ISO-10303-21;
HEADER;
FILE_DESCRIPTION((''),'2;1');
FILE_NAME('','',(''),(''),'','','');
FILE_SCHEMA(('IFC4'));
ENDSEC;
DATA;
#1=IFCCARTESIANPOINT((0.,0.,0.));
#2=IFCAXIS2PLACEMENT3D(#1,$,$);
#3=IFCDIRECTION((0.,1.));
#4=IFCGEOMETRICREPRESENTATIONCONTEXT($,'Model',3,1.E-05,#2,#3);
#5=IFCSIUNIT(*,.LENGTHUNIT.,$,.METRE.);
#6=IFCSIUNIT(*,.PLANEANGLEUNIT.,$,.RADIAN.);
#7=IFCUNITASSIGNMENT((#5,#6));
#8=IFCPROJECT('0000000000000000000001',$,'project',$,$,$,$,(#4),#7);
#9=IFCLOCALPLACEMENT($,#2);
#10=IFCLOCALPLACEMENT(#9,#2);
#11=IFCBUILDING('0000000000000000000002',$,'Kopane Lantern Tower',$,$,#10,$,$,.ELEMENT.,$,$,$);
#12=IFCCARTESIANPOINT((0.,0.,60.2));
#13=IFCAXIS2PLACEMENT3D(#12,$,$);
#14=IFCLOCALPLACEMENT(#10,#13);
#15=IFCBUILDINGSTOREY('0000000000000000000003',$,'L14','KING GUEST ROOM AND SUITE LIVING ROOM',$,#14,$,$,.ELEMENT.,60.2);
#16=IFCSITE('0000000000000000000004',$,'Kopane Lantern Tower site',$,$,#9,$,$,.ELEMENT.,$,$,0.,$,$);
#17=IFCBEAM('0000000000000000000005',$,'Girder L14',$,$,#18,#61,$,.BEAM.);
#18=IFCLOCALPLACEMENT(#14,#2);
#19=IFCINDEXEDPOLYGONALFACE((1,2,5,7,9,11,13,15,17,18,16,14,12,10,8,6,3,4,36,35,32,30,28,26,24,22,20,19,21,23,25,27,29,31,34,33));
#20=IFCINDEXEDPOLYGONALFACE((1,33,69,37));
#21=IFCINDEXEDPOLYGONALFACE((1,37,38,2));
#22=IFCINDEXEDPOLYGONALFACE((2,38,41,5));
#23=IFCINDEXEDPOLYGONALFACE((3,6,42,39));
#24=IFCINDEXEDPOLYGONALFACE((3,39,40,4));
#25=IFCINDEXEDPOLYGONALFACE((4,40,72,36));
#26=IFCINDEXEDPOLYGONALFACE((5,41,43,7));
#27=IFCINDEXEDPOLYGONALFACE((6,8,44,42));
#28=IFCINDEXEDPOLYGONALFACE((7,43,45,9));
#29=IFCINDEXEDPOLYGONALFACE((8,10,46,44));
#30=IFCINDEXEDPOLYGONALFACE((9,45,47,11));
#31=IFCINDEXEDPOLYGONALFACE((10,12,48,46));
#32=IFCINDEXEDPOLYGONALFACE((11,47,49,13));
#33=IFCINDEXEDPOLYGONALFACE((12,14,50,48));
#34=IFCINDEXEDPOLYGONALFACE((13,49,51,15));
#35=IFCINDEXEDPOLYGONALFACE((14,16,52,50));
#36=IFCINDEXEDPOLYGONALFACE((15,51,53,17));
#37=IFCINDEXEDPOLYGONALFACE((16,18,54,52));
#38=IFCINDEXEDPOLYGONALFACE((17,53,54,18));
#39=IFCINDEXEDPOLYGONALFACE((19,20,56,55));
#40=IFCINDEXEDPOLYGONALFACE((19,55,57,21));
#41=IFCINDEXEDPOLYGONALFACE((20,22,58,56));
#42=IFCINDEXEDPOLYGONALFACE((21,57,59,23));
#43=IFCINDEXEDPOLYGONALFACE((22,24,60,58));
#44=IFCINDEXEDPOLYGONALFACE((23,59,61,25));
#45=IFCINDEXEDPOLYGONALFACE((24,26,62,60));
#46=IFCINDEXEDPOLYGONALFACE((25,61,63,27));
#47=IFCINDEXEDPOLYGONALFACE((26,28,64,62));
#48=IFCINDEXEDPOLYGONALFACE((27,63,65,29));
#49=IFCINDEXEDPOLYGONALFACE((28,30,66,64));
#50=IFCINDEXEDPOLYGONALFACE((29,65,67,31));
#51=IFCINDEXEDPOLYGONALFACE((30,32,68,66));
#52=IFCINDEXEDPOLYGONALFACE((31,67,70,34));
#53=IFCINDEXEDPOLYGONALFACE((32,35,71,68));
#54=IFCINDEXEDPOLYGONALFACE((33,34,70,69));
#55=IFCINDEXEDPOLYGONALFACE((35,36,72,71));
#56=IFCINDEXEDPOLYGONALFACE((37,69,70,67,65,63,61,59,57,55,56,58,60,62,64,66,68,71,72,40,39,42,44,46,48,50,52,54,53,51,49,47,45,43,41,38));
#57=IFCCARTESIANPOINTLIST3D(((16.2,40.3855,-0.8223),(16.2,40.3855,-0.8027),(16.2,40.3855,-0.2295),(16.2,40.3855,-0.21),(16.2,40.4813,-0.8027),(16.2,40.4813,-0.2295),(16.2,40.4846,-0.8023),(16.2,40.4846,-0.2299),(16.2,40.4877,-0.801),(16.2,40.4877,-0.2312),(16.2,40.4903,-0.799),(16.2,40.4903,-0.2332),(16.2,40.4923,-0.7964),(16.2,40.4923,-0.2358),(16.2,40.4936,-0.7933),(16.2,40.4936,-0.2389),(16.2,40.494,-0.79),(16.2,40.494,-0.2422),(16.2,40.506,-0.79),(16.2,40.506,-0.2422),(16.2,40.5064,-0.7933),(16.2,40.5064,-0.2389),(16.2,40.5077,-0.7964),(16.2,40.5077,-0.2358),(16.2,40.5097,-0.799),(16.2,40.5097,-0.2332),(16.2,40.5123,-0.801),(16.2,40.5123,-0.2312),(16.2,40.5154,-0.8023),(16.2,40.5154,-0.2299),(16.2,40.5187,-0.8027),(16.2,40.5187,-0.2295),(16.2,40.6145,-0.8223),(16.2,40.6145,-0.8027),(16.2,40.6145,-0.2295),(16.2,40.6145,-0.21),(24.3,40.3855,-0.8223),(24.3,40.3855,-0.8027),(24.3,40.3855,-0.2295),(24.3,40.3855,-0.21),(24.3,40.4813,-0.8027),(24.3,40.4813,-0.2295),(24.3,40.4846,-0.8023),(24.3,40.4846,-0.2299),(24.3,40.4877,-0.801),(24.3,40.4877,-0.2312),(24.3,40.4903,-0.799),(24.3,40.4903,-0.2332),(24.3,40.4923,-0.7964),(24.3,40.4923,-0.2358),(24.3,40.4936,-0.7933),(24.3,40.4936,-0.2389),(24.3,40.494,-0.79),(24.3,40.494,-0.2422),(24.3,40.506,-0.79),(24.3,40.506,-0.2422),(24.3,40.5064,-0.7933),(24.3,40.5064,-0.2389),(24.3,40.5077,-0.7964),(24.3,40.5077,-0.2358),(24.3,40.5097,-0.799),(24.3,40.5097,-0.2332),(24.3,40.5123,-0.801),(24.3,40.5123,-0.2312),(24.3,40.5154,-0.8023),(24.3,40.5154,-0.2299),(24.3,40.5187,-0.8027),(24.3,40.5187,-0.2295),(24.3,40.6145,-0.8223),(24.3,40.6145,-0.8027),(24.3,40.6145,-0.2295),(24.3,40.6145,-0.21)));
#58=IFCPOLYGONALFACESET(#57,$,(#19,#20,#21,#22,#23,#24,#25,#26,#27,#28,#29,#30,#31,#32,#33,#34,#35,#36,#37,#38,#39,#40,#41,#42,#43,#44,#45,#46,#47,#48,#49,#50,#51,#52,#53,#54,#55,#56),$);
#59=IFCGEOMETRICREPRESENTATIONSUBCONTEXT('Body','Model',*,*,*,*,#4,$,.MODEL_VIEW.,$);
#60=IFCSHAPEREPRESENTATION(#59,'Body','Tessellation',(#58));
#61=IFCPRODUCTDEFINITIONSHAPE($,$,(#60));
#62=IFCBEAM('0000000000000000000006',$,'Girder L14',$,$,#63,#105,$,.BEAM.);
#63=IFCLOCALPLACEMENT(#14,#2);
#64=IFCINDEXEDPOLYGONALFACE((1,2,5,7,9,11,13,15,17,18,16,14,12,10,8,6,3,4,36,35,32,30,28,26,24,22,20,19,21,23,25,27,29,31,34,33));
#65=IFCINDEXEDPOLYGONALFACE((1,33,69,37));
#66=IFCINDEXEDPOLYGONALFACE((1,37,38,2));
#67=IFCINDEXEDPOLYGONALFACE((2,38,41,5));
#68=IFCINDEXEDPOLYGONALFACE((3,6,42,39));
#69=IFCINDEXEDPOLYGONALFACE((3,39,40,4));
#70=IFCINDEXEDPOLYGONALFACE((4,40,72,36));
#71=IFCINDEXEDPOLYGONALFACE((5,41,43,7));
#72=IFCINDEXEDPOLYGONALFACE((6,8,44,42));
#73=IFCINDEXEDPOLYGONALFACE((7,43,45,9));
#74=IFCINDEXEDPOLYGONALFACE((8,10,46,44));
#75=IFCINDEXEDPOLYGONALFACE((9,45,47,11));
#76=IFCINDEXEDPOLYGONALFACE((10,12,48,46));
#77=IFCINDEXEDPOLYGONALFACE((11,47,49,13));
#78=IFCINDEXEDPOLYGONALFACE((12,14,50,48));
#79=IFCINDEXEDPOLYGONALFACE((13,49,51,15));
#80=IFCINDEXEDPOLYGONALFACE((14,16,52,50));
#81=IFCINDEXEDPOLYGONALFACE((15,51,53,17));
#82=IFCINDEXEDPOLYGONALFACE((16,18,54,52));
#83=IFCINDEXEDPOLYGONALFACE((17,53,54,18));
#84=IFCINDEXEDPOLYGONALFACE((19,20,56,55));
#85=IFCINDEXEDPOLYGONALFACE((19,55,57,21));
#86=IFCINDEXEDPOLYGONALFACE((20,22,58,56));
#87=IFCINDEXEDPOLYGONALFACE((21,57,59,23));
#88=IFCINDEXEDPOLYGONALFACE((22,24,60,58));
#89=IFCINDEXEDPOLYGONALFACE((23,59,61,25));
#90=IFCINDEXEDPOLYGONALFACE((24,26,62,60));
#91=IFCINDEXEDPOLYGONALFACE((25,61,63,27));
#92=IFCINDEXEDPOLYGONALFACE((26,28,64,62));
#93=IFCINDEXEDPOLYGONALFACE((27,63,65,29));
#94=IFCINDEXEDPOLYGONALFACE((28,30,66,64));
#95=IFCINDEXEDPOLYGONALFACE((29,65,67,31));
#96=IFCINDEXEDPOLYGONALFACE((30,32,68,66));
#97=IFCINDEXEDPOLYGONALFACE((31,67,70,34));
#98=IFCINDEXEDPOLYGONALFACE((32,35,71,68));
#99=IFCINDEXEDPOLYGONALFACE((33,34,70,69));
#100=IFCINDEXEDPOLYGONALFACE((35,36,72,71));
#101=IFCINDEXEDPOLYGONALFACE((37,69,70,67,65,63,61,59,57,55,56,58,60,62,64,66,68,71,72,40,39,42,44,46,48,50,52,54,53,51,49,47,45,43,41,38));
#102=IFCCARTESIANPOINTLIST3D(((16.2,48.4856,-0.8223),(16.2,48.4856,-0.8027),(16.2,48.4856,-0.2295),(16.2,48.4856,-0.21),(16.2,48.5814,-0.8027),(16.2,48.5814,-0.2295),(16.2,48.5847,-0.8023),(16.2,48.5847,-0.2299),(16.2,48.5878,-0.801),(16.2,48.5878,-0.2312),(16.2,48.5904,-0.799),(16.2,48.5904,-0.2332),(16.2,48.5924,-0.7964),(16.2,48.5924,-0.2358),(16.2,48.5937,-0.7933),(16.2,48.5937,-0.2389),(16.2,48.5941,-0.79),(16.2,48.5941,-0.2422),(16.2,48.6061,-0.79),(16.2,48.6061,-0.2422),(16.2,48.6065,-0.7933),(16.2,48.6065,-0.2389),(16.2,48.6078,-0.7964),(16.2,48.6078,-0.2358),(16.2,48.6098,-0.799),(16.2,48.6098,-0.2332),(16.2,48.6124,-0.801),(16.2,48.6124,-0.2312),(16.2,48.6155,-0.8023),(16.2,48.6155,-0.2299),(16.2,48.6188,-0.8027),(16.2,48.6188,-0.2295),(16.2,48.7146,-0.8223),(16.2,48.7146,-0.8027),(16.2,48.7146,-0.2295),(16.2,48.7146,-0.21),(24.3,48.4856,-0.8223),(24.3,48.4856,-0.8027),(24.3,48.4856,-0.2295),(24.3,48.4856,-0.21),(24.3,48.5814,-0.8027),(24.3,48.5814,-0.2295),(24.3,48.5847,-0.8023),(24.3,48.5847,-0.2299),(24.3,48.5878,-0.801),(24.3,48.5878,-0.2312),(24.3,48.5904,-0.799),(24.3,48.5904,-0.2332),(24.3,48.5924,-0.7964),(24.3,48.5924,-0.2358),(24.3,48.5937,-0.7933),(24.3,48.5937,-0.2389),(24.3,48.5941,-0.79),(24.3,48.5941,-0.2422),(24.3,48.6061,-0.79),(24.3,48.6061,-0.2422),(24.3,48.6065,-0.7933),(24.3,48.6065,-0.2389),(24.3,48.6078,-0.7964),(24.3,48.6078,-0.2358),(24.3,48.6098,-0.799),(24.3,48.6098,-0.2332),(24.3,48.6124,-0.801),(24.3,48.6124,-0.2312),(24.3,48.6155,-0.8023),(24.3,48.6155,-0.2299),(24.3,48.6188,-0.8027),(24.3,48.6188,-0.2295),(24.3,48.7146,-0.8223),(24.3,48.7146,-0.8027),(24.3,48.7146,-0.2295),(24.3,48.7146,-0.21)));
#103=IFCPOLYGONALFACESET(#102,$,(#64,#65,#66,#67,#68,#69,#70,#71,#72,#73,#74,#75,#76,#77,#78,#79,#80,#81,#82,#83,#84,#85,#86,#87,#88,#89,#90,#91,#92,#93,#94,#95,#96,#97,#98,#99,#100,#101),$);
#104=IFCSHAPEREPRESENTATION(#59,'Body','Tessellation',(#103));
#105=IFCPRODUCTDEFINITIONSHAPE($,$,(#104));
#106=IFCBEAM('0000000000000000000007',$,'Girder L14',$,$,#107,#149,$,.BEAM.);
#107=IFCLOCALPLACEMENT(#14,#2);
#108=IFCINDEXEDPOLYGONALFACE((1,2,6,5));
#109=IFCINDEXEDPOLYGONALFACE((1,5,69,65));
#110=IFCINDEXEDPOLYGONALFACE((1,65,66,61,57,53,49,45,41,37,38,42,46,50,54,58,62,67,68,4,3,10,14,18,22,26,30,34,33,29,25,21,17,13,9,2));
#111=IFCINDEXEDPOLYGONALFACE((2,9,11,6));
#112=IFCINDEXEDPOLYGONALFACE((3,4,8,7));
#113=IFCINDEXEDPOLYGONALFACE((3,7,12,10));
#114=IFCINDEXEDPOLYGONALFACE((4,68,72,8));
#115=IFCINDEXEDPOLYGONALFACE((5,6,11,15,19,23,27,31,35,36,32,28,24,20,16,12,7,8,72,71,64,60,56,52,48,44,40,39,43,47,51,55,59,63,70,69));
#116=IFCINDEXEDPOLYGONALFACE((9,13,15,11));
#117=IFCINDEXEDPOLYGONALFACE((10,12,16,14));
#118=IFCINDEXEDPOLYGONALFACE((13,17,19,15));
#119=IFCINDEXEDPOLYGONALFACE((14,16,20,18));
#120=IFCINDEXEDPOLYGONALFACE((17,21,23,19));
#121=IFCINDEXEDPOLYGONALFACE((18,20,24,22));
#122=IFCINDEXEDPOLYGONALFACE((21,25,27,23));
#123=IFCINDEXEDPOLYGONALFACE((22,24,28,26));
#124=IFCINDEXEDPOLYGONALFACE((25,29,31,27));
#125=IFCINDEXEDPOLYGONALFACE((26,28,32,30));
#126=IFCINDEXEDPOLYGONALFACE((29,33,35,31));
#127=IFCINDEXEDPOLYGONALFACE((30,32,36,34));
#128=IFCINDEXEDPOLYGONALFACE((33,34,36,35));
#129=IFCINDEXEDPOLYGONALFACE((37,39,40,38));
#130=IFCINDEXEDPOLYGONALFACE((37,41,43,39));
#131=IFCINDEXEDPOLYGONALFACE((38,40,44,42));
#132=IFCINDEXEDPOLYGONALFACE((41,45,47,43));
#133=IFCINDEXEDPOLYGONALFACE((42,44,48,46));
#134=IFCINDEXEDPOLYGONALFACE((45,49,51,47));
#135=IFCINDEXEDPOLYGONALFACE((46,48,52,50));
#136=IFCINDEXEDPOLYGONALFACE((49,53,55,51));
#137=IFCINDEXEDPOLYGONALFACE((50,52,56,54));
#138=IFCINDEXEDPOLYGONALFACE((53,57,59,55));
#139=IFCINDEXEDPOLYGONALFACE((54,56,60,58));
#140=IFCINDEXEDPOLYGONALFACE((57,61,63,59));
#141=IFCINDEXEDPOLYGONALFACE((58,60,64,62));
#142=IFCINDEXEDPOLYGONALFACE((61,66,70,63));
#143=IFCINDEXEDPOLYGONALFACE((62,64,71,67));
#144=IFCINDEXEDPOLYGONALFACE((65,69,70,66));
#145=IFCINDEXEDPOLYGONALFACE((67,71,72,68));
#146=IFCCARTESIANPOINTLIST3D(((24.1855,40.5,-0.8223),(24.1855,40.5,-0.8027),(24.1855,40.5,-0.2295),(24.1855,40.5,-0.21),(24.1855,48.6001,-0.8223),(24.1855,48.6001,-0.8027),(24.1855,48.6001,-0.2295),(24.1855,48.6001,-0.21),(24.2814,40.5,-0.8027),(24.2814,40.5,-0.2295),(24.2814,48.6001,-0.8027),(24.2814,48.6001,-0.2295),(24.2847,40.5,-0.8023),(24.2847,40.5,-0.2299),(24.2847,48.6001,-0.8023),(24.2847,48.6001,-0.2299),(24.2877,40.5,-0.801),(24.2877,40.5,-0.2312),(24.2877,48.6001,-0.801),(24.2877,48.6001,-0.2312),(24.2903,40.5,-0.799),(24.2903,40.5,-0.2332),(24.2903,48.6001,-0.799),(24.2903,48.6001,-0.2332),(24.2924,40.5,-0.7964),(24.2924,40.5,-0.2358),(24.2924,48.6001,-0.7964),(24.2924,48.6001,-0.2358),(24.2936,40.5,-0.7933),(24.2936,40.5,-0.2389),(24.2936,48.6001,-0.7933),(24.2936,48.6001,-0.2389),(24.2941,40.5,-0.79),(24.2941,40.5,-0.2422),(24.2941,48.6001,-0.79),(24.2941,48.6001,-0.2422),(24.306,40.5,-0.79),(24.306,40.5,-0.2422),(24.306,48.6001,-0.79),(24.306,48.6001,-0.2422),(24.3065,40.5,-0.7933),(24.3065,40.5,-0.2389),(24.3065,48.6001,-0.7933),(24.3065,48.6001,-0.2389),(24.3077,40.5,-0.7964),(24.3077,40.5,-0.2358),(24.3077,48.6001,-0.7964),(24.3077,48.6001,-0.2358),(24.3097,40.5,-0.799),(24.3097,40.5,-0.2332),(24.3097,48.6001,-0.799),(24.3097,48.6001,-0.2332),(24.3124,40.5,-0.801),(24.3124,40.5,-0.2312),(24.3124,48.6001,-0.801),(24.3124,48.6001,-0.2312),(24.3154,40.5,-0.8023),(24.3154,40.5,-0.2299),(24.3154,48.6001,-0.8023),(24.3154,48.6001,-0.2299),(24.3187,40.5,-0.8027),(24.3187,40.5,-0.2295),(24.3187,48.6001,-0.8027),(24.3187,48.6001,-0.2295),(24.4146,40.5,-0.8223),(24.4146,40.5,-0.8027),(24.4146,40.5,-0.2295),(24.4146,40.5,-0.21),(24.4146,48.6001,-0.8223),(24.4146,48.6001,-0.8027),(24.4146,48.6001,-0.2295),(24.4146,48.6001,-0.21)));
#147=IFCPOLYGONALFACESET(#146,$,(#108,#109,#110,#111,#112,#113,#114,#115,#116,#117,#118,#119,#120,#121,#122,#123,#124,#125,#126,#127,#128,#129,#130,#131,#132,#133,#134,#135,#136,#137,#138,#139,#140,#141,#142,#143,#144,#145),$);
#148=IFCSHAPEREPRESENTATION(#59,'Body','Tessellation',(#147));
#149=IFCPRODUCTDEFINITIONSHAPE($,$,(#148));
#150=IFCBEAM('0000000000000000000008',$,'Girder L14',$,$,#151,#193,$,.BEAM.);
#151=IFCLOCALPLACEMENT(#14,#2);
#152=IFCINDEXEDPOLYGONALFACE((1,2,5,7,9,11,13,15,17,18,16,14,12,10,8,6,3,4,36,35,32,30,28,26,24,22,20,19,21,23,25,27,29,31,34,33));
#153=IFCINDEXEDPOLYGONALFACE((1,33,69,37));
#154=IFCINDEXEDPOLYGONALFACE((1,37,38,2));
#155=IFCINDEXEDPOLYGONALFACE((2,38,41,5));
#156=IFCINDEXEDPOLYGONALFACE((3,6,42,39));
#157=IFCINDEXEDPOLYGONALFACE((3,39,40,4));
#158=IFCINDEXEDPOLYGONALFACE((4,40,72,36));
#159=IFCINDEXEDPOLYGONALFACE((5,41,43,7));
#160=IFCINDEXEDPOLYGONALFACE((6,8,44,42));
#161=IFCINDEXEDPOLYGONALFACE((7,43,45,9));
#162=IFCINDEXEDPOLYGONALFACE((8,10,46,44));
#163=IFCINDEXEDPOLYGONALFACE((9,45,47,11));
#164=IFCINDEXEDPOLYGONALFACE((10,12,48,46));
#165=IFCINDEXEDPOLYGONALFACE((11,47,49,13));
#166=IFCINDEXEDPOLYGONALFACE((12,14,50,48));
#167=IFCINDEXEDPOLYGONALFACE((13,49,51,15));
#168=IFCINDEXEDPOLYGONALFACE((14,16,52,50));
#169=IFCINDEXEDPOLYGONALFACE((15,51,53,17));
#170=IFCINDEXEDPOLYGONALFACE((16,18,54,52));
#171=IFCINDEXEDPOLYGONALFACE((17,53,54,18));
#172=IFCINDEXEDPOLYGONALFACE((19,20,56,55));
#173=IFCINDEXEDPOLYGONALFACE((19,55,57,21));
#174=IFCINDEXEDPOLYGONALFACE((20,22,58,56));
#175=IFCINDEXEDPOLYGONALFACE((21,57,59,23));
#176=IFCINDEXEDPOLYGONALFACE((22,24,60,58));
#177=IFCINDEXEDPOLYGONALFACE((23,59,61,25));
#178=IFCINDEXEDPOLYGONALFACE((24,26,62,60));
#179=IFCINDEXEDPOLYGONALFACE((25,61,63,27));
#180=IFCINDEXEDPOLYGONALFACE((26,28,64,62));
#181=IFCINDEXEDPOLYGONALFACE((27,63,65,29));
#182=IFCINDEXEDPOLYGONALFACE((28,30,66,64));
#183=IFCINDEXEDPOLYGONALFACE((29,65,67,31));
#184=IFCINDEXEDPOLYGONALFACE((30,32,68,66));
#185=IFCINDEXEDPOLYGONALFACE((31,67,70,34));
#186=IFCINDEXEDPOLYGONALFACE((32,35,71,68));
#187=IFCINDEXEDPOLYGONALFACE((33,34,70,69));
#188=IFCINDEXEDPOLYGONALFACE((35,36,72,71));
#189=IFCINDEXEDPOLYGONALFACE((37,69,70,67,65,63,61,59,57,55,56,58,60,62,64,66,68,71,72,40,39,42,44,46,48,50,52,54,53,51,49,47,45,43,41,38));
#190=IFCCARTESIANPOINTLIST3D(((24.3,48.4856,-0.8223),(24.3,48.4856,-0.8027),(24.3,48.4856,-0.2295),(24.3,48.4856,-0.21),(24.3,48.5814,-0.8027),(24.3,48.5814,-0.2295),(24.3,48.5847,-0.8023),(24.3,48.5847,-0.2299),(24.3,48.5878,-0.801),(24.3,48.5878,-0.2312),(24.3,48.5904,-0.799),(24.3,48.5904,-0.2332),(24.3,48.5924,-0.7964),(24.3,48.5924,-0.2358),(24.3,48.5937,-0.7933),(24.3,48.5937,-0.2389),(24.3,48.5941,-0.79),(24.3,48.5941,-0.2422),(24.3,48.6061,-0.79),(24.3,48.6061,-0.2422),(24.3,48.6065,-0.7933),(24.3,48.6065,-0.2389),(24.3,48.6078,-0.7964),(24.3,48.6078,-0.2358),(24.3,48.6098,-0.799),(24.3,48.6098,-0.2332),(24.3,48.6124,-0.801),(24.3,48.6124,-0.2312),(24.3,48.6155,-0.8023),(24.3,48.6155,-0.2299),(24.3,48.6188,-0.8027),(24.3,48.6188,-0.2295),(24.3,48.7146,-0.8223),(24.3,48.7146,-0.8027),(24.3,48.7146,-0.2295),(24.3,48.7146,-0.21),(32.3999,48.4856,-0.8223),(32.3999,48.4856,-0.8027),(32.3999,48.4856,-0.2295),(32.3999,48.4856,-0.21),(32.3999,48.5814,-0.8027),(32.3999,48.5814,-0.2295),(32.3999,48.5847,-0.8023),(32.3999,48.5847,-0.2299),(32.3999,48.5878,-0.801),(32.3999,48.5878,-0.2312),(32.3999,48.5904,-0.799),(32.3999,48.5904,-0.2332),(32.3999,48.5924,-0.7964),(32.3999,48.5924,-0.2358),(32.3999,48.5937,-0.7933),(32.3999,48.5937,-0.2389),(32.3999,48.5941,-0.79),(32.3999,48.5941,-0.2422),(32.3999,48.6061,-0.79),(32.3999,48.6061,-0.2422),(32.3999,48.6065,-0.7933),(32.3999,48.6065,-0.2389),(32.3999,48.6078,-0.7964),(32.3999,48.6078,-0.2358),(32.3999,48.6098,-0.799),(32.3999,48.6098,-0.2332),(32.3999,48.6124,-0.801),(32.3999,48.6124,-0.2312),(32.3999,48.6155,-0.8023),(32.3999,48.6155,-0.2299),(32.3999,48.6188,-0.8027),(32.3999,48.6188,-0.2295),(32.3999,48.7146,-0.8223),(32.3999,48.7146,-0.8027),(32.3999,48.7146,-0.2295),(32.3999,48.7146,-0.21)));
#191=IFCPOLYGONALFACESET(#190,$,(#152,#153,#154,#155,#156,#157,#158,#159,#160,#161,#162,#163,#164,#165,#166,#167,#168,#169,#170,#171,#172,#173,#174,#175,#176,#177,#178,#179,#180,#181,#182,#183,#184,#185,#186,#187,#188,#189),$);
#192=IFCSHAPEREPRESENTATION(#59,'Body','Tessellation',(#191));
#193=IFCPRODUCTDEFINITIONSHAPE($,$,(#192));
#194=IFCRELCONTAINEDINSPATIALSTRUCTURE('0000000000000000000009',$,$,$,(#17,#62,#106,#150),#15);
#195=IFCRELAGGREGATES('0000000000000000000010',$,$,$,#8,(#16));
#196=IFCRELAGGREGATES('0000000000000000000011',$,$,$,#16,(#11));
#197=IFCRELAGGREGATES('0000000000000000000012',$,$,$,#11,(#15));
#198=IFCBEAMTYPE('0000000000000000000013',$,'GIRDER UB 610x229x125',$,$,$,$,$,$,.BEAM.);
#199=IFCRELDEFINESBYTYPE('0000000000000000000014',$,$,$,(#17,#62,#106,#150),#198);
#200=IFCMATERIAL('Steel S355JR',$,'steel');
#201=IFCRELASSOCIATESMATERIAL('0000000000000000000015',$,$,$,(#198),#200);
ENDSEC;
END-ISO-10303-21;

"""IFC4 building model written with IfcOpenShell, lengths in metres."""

from ifc_helpers import new_model, si_unit, direction, frame, origin, origin_2d, place, context, subcontext, project, spatial, i_section, extrude, material, material_profile, profile_set, type_object, element, save


model = new_model("IFC4")

# Units and contexts
model_context = context("Model", 3, precision=1e-05, world=origin(), true_north=direction((0.0, 1.0)))
body_context = subcontext(model_context, "Body", "Model", "MODEL_VIEW")
ifc_project = project(units=[si_unit("LENGTHUNIT", "METRE"), si_unit("PLANEANGLEUNIT", "RADIAN")], contexts=[model_context])

# Site, building, storey
site_placement = place(None, origin())
site = spatial("IfcSite", under=ifc_project, at=site_placement, Name="Kopane Lantern Tower site", CompositionType="ELEMENT", RefElevation=0.0)
building_placement = place(site_placement, origin())
building = spatial("IfcBuilding", under=site, at=building_placement, Name="Kopane Lantern Tower", CompositionType="ELEMENT")
storey_placement = place(building_placement, frame((0.0, 0.0, 60.2)))
storey = spatial("IfcBuildingStorey", under=building, at=storey_placement, Name="L14", Description="KING GUEST ROOM AND SUITE LIVING ROOM", CompositionType="ELEMENT", Elevation=60.2)

# Beams
ifc_material_1 = material(Name="Steel S355JR", Category="steel")
ifc_material_profile_1 = material_profile(ifc_material_1, i_section(OverallWidth=0.229, OverallDepth=0.6123, WebThickness=0.012, FlangeThickness=0.0195, FilletRadius=0.0127, at=origin_2d()), Name="UB 610x229x125")
ifc_profile_set_1 = profile_set([ifc_material_profile_1], Name="Steel S355JR")
beam_type_1 = type_object("IfcBeamType", Name="GIRDER UB 610x229x125", PredefinedType="BEAM", material=ifc_profile_set_1)
for number, where, z_axis, x_axis, name in (
    (1, (16.2, 40.5, -0.5161), (1.0, 0.0, 0.0), (0.0, 1.0, 0.0), "Girder L14"),
    (2, (16.2, 48.6001, -0.5161), (1.0, 0.0, 0.0), (0.0, 1.0, 0.0), "Girder L14"),
    (3, (24.3, 40.5, -0.5161), (0.0, 1.0, 0.0), (-1.0, 0.0, 0.0), "Girder L14"),
):
    element("IfcBeam", number, at=place(storey_placement, frame(where, z_axis=z_axis, x_axis=x_axis)), inside=storey, type_object=beam_type_1, Name=name, PredefinedType="BEAM", context=body_context, shape_type="SweptSolid", body=[
        extrude(i_section(OverallWidth=0.229, OverallDepth=0.6123, WebThickness=0.012, FlangeThickness=0.0195, FilletRadius=0.0127, at=origin_2d()), origin(), (0.0, 0.0, 1.0), 8.1001),
    ])
beam_1_placement = place(storey_placement, frame((24.3, 48.6001, -0.5161), z_axis=(1.0, 0.0, 0.0), x_axis=(0.0, 1.0, 0.0)))
element("IfcBeam", 4, at=beam_1_placement, inside=storey, type_object=beam_type_1, Name="Girder L14", PredefinedType="BEAM", context=body_context, shape_type="SweptSolid", body=[
    extrude(i_section(OverallWidth=0.229, OverallDepth=0.6123, WebThickness=0.012, FlangeThickness=0.0195, FilletRadius=0.0127, at=origin_2d()), origin(), (0.0, 0.0, 1.0), 8.0999),
])

save(model, "model.ifc")
